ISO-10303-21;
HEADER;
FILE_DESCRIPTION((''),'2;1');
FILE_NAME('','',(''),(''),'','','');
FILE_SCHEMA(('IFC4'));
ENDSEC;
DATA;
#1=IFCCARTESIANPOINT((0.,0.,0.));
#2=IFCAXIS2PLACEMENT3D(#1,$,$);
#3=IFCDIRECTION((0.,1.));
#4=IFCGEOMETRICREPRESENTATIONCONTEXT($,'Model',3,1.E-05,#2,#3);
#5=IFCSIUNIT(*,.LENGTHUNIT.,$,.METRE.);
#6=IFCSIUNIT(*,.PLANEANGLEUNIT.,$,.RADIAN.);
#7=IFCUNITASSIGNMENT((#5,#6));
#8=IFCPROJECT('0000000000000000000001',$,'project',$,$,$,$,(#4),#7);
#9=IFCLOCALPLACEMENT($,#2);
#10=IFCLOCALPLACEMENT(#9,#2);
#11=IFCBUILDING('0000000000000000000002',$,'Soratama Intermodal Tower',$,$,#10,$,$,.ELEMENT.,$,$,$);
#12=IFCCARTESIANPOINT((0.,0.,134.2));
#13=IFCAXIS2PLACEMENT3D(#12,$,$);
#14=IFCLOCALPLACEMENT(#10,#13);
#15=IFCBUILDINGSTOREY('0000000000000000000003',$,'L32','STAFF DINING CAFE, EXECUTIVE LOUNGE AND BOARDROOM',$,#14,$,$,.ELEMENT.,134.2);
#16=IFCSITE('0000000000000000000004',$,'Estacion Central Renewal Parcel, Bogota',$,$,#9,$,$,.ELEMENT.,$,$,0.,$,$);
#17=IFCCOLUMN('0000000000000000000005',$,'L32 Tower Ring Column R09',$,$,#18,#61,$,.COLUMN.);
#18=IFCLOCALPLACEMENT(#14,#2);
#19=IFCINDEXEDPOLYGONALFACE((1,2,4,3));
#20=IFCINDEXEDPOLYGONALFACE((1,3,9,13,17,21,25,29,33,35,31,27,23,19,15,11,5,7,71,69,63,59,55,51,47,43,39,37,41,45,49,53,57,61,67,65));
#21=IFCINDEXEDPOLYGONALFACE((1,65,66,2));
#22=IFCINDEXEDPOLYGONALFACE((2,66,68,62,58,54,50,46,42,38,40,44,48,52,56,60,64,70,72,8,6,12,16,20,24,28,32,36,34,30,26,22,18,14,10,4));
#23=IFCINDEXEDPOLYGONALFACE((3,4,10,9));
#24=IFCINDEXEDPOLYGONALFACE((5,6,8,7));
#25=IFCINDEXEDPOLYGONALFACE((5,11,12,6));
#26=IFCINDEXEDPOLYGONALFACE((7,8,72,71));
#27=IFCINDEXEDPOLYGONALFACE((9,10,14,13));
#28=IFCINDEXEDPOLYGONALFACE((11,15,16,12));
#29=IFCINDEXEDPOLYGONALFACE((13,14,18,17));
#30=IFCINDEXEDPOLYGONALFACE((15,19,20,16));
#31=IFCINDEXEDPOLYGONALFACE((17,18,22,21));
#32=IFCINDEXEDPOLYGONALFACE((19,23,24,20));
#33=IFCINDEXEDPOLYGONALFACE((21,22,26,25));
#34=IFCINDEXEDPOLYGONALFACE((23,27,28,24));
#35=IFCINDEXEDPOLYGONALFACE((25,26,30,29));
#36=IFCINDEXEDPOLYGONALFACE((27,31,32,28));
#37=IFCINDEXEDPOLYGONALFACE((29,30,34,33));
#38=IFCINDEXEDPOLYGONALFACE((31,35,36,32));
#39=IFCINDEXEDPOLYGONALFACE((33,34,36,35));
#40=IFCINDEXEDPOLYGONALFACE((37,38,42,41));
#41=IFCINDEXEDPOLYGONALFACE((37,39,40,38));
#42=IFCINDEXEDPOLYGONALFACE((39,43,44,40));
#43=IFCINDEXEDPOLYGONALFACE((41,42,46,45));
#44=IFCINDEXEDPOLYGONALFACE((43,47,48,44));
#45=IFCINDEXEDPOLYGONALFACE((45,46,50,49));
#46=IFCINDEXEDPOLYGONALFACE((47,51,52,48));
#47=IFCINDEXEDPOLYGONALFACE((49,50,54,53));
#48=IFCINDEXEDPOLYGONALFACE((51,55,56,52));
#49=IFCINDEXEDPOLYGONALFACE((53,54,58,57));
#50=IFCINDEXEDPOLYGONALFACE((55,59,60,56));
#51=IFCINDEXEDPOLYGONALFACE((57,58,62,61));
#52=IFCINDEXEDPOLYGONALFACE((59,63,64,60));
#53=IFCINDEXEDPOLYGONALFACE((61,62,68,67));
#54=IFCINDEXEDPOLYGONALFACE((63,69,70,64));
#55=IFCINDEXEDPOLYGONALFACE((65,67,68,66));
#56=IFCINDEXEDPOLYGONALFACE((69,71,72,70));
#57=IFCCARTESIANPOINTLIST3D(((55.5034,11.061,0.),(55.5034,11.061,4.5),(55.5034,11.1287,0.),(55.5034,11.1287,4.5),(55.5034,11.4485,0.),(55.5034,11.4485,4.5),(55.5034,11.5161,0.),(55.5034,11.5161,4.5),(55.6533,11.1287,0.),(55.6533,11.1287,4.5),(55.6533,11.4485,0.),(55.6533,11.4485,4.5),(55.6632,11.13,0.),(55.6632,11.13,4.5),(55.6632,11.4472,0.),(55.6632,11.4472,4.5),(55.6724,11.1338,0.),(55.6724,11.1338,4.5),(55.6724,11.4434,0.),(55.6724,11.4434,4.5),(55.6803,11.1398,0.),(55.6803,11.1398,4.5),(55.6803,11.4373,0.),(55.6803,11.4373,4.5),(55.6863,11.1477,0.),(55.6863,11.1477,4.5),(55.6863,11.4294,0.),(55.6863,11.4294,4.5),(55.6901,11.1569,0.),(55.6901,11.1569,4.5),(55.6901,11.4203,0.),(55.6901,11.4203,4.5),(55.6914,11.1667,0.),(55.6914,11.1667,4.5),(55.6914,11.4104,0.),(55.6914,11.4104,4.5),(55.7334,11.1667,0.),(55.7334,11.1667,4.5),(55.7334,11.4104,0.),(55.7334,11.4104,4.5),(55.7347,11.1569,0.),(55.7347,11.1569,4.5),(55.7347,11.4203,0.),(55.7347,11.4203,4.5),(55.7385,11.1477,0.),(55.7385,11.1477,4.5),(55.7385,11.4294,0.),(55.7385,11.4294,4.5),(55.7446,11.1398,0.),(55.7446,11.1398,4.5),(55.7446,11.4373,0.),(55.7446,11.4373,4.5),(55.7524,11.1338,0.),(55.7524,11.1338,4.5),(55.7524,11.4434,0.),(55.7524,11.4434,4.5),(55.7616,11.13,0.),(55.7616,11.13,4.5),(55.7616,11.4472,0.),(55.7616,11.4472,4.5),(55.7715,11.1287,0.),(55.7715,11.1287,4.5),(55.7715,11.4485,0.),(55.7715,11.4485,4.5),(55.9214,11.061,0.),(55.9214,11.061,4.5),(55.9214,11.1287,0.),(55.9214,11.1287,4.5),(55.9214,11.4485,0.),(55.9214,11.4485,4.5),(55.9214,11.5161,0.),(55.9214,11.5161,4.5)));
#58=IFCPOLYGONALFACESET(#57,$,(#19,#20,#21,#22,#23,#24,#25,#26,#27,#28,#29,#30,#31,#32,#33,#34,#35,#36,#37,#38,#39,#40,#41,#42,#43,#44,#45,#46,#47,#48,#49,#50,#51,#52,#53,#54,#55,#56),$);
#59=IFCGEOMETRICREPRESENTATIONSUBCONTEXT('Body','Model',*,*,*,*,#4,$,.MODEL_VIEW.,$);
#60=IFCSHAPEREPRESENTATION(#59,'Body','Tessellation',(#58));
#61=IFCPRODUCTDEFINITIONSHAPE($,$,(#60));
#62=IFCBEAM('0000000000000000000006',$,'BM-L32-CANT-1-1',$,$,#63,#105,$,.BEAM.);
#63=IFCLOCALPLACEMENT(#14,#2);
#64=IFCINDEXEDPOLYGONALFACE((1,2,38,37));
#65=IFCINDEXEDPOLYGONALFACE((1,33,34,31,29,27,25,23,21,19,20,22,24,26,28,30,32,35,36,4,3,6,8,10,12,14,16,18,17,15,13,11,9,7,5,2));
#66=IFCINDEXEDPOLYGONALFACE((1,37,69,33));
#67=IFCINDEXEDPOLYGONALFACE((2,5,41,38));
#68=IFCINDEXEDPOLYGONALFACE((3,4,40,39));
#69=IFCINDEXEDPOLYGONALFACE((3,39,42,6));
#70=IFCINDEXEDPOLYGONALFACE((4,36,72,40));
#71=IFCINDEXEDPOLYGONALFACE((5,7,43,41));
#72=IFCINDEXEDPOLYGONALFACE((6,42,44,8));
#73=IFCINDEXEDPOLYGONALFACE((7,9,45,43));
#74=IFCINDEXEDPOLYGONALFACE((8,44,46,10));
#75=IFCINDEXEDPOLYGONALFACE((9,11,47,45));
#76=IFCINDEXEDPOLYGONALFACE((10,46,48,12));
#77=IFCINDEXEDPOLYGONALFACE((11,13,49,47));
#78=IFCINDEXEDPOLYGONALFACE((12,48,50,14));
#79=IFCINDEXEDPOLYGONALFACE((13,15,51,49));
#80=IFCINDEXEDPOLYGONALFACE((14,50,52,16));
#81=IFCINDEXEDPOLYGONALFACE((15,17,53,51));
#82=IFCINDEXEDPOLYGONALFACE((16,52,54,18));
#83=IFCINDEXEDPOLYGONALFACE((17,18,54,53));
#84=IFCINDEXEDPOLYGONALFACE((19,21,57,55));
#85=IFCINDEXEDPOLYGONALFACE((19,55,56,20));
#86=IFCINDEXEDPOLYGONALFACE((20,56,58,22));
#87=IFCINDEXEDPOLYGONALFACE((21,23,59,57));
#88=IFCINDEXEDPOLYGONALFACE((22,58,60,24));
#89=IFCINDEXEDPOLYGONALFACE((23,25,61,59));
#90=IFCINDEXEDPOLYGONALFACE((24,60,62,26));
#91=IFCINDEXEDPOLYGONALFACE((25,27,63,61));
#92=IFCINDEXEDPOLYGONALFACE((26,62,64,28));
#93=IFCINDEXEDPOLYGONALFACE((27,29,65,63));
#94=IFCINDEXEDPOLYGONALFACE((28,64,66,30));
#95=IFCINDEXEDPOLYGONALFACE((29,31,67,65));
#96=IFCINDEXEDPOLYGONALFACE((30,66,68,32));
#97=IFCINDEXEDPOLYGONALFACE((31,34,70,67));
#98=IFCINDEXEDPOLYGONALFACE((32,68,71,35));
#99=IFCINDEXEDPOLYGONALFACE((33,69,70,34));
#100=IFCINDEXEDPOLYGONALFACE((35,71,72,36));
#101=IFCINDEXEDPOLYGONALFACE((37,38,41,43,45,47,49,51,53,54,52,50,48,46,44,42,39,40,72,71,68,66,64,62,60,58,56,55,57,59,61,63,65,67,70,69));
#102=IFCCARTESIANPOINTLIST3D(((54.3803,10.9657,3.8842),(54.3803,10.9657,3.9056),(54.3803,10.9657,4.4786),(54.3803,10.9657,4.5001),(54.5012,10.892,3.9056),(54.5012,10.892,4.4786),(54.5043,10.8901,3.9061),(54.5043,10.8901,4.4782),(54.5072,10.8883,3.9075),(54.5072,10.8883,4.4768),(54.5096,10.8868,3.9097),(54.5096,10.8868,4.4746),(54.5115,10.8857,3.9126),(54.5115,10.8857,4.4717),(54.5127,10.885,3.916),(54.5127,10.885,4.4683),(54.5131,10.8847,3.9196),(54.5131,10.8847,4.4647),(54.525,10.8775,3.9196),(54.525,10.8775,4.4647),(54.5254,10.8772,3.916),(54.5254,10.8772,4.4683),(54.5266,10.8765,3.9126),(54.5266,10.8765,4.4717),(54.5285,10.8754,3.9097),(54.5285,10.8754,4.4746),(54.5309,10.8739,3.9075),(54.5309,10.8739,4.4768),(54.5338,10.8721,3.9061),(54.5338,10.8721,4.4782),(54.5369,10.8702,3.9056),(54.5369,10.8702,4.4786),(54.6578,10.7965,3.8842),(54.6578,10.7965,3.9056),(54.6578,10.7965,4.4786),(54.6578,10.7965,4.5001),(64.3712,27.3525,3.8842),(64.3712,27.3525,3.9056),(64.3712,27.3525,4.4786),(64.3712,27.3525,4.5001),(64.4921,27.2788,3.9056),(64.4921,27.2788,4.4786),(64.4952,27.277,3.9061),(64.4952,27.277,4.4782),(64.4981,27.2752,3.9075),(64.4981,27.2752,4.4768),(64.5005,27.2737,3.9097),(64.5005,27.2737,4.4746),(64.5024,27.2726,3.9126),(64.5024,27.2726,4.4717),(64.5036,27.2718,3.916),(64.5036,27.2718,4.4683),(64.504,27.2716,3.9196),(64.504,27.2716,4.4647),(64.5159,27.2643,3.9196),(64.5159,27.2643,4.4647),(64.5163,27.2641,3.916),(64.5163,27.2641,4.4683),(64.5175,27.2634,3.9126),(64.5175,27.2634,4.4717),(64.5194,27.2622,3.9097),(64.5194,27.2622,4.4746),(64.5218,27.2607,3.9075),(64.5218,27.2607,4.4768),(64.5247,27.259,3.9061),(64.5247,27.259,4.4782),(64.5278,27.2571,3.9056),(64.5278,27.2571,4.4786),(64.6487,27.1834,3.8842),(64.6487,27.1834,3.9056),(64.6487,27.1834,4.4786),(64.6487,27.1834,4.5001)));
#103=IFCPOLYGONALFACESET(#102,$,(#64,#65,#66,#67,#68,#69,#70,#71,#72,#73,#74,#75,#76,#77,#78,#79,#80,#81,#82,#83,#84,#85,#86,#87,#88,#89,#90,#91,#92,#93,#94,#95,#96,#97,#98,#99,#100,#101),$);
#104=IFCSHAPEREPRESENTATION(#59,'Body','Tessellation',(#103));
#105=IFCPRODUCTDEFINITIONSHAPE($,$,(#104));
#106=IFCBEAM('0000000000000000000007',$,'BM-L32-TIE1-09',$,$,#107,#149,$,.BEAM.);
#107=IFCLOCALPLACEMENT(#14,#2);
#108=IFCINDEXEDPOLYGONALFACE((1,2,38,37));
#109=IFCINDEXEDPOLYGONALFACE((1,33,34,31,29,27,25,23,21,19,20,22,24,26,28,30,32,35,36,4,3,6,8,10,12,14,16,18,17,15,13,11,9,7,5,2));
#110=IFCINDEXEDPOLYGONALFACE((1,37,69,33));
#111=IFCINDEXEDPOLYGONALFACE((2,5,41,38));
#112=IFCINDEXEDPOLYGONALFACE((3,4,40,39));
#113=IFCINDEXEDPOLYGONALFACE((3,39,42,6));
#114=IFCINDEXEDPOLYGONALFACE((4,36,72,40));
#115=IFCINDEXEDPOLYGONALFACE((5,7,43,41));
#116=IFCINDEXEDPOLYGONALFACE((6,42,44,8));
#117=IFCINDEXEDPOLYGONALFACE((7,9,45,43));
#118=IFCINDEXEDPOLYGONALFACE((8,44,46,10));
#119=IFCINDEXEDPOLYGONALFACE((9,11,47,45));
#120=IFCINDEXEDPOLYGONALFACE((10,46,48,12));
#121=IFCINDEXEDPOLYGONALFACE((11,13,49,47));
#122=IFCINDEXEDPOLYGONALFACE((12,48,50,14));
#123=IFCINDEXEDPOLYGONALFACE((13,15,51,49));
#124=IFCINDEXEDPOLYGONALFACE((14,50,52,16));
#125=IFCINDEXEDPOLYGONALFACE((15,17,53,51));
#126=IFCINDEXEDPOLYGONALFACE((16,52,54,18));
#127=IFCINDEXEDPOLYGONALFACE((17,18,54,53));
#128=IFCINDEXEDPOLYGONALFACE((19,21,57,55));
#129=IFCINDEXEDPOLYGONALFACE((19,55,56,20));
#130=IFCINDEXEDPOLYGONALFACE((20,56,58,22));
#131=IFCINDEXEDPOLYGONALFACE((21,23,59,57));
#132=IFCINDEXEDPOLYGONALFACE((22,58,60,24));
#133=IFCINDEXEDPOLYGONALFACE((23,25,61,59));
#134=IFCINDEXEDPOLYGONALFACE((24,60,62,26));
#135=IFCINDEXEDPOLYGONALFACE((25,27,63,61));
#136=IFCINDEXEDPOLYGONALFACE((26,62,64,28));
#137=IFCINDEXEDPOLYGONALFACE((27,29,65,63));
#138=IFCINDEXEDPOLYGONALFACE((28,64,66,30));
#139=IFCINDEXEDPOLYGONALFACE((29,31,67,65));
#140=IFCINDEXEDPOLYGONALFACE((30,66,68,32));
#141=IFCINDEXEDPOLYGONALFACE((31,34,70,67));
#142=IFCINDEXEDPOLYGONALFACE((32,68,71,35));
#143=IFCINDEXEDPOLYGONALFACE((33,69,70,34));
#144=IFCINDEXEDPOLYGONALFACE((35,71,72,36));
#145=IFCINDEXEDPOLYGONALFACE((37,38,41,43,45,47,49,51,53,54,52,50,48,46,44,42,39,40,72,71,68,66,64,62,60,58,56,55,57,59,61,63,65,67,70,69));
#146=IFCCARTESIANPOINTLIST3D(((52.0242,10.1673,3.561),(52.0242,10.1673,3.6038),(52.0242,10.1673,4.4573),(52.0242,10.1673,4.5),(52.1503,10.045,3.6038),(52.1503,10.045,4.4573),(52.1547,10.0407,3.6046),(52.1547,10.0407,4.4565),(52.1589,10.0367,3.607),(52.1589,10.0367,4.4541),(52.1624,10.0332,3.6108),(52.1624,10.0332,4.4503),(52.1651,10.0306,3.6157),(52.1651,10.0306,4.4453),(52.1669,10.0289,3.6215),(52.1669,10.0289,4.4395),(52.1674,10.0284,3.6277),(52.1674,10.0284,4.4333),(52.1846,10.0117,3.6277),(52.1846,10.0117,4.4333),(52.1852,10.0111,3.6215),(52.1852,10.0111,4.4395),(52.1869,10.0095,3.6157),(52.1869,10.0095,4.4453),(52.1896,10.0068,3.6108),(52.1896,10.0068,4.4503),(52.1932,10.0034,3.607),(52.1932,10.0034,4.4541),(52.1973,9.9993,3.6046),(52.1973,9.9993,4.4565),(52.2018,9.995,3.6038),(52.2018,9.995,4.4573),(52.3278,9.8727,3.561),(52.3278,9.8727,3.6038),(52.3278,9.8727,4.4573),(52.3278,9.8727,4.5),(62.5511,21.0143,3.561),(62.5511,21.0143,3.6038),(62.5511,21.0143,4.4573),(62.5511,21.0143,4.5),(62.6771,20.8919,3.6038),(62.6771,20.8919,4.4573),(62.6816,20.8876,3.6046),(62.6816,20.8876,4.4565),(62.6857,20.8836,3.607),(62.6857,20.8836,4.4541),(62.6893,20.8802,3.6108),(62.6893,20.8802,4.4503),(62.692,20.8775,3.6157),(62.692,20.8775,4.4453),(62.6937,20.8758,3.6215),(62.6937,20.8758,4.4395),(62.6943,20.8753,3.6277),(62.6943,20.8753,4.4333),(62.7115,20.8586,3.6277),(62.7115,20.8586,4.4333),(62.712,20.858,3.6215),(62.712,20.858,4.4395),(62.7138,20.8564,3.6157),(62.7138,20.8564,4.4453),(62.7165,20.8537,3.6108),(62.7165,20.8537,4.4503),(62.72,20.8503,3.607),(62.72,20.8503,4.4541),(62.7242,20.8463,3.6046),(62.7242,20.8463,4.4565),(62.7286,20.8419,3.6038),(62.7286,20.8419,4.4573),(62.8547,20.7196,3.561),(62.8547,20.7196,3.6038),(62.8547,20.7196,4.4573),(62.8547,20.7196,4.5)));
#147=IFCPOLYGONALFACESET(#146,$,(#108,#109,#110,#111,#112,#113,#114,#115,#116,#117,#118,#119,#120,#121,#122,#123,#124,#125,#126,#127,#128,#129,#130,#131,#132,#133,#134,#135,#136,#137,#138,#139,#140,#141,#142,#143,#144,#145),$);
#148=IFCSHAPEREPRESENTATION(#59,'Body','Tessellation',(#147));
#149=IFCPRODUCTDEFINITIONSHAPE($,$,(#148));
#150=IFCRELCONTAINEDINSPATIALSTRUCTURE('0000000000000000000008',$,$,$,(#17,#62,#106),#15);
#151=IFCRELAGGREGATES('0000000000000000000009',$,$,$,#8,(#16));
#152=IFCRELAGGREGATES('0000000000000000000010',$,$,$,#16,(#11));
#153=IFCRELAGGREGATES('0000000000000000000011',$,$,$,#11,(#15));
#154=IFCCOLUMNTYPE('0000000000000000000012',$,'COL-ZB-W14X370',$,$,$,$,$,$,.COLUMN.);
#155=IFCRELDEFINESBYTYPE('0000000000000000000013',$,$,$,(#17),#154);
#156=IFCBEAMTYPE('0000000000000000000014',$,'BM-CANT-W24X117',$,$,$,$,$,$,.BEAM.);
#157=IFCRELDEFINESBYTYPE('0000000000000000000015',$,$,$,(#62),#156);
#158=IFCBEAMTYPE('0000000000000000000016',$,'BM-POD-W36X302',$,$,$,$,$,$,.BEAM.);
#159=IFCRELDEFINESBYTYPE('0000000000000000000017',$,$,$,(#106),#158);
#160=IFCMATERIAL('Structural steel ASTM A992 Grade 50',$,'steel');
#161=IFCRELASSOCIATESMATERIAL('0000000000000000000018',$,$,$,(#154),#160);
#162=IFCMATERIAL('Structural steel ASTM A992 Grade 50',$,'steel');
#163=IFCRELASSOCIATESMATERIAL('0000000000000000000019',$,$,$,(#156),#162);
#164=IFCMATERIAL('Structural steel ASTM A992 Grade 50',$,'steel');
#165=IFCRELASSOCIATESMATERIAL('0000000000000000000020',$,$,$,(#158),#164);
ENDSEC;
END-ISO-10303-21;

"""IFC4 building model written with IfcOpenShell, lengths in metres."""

from ifc_helpers import new_model, si_unit, direction, frame, origin, origin_2d, place, context, subcontext, project, spatial, i_section, extrude, material, material_profile, profile_set, type_object, element, save


model = new_model("IFC4")

# Units and contexts
model_context = context("Model", 3, precision=1e-05, world=origin(), true_north=direction((0.0, 1.0)))
body_context = subcontext(model_context, "Body", "Model", "MODEL_VIEW")
ifc_project = project(units=[si_unit("LENGTHUNIT", "METRE"), si_unit("PLANEANGLEUNIT", "RADIAN")], contexts=[model_context])

# Site, building, storey
site_placement = place(None, origin())
site = spatial("IfcSite", under=ifc_project, at=site_placement, Name="Estacion Central Renewal Parcel, Bogota", CompositionType="ELEMENT", RefElevation=0.0)
building_placement = place(site_placement, origin())
building = spatial("IfcBuilding", under=site, at=building_placement, Name="Soratama Intermodal Tower", CompositionType="ELEMENT")
storey_placement = place(building_placement, frame((0.0, 0.0, 134.2)))
storey = spatial("IfcBuildingStorey", under=building, at=storey_placement, Name="L32", Description="STAFF DINING CAFE, EXECUTIVE LOUNGE AND BOARDROOM", CompositionType="ELEMENT", Elevation=134.2)

# Column
ifc_material_1 = material(Name="Structural steel ASTM A992 Grade 50", Category="steel")
ifc_material_profile_1 = material_profile(ifc_material_1, i_section(OverallWidth=0.418, OverallDepth=0.4551, WebThickness=0.042, FlangeThickness=0.0676, FilletRadius=0.0381, at=origin_2d()), Name="W14X370")
ifc_profile_set_1 = profile_set([ifc_material_profile_1], Name="Structural steel ASTM A992 Grade 50")
column_type = type_object("IfcColumnType", Name="COL-ZB-W14X370", PredefinedType="COLUMN", material=ifc_profile_set_1)
column_placement = place(storey_placement, frame((55.7124, 11.2886, 0.0), z_axis=(0.0, 0.0, 1.0), x_axis=(1.0, 0.0, 0.0)))
element("IfcColumn", 1, at=column_placement, inside=storey, type_object=column_type, Name="L32 Tower Ring Column R09", PredefinedType="COLUMN", context=body_context, shape_type="SweptSolid", body=[
    extrude(i_section(OverallWidth=0.418, OverallDepth=0.4551, WebThickness=0.042, FlangeThickness=0.0676, FilletRadius=0.0381, at=origin_2d()), origin(), (0.0, 0.0, 1.0), 4.5),
])

# Beams
ifc_material_2 = material(Name="Structural steel ASTM A992 Grade 50", Category="steel")
ifc_material_profile_2 = material_profile(ifc_material_2, i_section(OverallWidth=0.325, OverallDepth=0.616, WebThickness=0.0139, FlangeThickness=0.0215, FilletRadius=0.0139, at=origin_2d()), Name="W24X117")
ifc_profile_set_2 = profile_set([ifc_material_profile_2], Name="Structural steel ASTM A992 Grade 50")
beam_type_1 = type_object("IfcBeamType", Name="BM-CANT-W24X117", PredefinedType="BEAM", material=ifc_profile_set_2)
beam_1_placement = place(storey_placement, frame((54.519, 10.8811, 4.1921), z_axis=(0.520566, 0.853821, 0.0), x_axis=(-0.853821, 0.520566, 0.0)))
element("IfcBeam", 2, at=beam_1_placement, inside=storey, type_object=beam_type_1, Name="BM-L32-CANT-1-1", PredefinedType="BEAM", context=body_context, shape_type="SweptSolid", body=[
    extrude(i_section(OverallWidth=0.325, OverallDepth=0.616, WebThickness=0.0139, FlangeThickness=0.0215, FilletRadius=0.0139, at=origin_2d()), origin(), (0.0, 0.0, 1.0), 19.1924),
])
ifc_material_3 = material(Name="Structural steel ASTM A992 Grade 50", Category="steel")
ifc_material_profile_3 = material_profile(ifc_material_3, i_section(OverallWidth=0.4231, OverallDepth=0.939, WebThickness=0.0239, FlangeThickness=0.0427, FilletRadius=0.0239, at=origin_2d()), Name="W36X302")
ifc_profile_set_3 = profile_set([ifc_material_profile_3], Name="Structural steel ASTM A992 Grade 50")
beam_type_2 = type_object("IfcBeamType", Name="BM-POD-W36X302", PredefinedType="BEAM", material=ifc_profile_set_3)
beam_2_placement = place(storey_placement, frame((52.176, 10.02, 4.0305), z_axis=(0.69644, 0.717615, 0.0), x_axis=(-0.717615, 0.69644, 0.0)))
element("IfcBeam", 3, at=beam_2_placement, inside=storey, type_object=beam_type_2, Name="BM-L32-TIE1-09", PredefinedType="BEAM", context=body_context, shape_type="SweptSolid", body=[
    extrude(i_section(OverallWidth=0.4231, OverallDepth=0.939, WebThickness=0.0239, FlangeThickness=0.0427, FilletRadius=0.0239, at=origin_2d()), origin(), (0.0, 0.0, 1.0), 15.1152),
])

save(model, "model.ifc")
